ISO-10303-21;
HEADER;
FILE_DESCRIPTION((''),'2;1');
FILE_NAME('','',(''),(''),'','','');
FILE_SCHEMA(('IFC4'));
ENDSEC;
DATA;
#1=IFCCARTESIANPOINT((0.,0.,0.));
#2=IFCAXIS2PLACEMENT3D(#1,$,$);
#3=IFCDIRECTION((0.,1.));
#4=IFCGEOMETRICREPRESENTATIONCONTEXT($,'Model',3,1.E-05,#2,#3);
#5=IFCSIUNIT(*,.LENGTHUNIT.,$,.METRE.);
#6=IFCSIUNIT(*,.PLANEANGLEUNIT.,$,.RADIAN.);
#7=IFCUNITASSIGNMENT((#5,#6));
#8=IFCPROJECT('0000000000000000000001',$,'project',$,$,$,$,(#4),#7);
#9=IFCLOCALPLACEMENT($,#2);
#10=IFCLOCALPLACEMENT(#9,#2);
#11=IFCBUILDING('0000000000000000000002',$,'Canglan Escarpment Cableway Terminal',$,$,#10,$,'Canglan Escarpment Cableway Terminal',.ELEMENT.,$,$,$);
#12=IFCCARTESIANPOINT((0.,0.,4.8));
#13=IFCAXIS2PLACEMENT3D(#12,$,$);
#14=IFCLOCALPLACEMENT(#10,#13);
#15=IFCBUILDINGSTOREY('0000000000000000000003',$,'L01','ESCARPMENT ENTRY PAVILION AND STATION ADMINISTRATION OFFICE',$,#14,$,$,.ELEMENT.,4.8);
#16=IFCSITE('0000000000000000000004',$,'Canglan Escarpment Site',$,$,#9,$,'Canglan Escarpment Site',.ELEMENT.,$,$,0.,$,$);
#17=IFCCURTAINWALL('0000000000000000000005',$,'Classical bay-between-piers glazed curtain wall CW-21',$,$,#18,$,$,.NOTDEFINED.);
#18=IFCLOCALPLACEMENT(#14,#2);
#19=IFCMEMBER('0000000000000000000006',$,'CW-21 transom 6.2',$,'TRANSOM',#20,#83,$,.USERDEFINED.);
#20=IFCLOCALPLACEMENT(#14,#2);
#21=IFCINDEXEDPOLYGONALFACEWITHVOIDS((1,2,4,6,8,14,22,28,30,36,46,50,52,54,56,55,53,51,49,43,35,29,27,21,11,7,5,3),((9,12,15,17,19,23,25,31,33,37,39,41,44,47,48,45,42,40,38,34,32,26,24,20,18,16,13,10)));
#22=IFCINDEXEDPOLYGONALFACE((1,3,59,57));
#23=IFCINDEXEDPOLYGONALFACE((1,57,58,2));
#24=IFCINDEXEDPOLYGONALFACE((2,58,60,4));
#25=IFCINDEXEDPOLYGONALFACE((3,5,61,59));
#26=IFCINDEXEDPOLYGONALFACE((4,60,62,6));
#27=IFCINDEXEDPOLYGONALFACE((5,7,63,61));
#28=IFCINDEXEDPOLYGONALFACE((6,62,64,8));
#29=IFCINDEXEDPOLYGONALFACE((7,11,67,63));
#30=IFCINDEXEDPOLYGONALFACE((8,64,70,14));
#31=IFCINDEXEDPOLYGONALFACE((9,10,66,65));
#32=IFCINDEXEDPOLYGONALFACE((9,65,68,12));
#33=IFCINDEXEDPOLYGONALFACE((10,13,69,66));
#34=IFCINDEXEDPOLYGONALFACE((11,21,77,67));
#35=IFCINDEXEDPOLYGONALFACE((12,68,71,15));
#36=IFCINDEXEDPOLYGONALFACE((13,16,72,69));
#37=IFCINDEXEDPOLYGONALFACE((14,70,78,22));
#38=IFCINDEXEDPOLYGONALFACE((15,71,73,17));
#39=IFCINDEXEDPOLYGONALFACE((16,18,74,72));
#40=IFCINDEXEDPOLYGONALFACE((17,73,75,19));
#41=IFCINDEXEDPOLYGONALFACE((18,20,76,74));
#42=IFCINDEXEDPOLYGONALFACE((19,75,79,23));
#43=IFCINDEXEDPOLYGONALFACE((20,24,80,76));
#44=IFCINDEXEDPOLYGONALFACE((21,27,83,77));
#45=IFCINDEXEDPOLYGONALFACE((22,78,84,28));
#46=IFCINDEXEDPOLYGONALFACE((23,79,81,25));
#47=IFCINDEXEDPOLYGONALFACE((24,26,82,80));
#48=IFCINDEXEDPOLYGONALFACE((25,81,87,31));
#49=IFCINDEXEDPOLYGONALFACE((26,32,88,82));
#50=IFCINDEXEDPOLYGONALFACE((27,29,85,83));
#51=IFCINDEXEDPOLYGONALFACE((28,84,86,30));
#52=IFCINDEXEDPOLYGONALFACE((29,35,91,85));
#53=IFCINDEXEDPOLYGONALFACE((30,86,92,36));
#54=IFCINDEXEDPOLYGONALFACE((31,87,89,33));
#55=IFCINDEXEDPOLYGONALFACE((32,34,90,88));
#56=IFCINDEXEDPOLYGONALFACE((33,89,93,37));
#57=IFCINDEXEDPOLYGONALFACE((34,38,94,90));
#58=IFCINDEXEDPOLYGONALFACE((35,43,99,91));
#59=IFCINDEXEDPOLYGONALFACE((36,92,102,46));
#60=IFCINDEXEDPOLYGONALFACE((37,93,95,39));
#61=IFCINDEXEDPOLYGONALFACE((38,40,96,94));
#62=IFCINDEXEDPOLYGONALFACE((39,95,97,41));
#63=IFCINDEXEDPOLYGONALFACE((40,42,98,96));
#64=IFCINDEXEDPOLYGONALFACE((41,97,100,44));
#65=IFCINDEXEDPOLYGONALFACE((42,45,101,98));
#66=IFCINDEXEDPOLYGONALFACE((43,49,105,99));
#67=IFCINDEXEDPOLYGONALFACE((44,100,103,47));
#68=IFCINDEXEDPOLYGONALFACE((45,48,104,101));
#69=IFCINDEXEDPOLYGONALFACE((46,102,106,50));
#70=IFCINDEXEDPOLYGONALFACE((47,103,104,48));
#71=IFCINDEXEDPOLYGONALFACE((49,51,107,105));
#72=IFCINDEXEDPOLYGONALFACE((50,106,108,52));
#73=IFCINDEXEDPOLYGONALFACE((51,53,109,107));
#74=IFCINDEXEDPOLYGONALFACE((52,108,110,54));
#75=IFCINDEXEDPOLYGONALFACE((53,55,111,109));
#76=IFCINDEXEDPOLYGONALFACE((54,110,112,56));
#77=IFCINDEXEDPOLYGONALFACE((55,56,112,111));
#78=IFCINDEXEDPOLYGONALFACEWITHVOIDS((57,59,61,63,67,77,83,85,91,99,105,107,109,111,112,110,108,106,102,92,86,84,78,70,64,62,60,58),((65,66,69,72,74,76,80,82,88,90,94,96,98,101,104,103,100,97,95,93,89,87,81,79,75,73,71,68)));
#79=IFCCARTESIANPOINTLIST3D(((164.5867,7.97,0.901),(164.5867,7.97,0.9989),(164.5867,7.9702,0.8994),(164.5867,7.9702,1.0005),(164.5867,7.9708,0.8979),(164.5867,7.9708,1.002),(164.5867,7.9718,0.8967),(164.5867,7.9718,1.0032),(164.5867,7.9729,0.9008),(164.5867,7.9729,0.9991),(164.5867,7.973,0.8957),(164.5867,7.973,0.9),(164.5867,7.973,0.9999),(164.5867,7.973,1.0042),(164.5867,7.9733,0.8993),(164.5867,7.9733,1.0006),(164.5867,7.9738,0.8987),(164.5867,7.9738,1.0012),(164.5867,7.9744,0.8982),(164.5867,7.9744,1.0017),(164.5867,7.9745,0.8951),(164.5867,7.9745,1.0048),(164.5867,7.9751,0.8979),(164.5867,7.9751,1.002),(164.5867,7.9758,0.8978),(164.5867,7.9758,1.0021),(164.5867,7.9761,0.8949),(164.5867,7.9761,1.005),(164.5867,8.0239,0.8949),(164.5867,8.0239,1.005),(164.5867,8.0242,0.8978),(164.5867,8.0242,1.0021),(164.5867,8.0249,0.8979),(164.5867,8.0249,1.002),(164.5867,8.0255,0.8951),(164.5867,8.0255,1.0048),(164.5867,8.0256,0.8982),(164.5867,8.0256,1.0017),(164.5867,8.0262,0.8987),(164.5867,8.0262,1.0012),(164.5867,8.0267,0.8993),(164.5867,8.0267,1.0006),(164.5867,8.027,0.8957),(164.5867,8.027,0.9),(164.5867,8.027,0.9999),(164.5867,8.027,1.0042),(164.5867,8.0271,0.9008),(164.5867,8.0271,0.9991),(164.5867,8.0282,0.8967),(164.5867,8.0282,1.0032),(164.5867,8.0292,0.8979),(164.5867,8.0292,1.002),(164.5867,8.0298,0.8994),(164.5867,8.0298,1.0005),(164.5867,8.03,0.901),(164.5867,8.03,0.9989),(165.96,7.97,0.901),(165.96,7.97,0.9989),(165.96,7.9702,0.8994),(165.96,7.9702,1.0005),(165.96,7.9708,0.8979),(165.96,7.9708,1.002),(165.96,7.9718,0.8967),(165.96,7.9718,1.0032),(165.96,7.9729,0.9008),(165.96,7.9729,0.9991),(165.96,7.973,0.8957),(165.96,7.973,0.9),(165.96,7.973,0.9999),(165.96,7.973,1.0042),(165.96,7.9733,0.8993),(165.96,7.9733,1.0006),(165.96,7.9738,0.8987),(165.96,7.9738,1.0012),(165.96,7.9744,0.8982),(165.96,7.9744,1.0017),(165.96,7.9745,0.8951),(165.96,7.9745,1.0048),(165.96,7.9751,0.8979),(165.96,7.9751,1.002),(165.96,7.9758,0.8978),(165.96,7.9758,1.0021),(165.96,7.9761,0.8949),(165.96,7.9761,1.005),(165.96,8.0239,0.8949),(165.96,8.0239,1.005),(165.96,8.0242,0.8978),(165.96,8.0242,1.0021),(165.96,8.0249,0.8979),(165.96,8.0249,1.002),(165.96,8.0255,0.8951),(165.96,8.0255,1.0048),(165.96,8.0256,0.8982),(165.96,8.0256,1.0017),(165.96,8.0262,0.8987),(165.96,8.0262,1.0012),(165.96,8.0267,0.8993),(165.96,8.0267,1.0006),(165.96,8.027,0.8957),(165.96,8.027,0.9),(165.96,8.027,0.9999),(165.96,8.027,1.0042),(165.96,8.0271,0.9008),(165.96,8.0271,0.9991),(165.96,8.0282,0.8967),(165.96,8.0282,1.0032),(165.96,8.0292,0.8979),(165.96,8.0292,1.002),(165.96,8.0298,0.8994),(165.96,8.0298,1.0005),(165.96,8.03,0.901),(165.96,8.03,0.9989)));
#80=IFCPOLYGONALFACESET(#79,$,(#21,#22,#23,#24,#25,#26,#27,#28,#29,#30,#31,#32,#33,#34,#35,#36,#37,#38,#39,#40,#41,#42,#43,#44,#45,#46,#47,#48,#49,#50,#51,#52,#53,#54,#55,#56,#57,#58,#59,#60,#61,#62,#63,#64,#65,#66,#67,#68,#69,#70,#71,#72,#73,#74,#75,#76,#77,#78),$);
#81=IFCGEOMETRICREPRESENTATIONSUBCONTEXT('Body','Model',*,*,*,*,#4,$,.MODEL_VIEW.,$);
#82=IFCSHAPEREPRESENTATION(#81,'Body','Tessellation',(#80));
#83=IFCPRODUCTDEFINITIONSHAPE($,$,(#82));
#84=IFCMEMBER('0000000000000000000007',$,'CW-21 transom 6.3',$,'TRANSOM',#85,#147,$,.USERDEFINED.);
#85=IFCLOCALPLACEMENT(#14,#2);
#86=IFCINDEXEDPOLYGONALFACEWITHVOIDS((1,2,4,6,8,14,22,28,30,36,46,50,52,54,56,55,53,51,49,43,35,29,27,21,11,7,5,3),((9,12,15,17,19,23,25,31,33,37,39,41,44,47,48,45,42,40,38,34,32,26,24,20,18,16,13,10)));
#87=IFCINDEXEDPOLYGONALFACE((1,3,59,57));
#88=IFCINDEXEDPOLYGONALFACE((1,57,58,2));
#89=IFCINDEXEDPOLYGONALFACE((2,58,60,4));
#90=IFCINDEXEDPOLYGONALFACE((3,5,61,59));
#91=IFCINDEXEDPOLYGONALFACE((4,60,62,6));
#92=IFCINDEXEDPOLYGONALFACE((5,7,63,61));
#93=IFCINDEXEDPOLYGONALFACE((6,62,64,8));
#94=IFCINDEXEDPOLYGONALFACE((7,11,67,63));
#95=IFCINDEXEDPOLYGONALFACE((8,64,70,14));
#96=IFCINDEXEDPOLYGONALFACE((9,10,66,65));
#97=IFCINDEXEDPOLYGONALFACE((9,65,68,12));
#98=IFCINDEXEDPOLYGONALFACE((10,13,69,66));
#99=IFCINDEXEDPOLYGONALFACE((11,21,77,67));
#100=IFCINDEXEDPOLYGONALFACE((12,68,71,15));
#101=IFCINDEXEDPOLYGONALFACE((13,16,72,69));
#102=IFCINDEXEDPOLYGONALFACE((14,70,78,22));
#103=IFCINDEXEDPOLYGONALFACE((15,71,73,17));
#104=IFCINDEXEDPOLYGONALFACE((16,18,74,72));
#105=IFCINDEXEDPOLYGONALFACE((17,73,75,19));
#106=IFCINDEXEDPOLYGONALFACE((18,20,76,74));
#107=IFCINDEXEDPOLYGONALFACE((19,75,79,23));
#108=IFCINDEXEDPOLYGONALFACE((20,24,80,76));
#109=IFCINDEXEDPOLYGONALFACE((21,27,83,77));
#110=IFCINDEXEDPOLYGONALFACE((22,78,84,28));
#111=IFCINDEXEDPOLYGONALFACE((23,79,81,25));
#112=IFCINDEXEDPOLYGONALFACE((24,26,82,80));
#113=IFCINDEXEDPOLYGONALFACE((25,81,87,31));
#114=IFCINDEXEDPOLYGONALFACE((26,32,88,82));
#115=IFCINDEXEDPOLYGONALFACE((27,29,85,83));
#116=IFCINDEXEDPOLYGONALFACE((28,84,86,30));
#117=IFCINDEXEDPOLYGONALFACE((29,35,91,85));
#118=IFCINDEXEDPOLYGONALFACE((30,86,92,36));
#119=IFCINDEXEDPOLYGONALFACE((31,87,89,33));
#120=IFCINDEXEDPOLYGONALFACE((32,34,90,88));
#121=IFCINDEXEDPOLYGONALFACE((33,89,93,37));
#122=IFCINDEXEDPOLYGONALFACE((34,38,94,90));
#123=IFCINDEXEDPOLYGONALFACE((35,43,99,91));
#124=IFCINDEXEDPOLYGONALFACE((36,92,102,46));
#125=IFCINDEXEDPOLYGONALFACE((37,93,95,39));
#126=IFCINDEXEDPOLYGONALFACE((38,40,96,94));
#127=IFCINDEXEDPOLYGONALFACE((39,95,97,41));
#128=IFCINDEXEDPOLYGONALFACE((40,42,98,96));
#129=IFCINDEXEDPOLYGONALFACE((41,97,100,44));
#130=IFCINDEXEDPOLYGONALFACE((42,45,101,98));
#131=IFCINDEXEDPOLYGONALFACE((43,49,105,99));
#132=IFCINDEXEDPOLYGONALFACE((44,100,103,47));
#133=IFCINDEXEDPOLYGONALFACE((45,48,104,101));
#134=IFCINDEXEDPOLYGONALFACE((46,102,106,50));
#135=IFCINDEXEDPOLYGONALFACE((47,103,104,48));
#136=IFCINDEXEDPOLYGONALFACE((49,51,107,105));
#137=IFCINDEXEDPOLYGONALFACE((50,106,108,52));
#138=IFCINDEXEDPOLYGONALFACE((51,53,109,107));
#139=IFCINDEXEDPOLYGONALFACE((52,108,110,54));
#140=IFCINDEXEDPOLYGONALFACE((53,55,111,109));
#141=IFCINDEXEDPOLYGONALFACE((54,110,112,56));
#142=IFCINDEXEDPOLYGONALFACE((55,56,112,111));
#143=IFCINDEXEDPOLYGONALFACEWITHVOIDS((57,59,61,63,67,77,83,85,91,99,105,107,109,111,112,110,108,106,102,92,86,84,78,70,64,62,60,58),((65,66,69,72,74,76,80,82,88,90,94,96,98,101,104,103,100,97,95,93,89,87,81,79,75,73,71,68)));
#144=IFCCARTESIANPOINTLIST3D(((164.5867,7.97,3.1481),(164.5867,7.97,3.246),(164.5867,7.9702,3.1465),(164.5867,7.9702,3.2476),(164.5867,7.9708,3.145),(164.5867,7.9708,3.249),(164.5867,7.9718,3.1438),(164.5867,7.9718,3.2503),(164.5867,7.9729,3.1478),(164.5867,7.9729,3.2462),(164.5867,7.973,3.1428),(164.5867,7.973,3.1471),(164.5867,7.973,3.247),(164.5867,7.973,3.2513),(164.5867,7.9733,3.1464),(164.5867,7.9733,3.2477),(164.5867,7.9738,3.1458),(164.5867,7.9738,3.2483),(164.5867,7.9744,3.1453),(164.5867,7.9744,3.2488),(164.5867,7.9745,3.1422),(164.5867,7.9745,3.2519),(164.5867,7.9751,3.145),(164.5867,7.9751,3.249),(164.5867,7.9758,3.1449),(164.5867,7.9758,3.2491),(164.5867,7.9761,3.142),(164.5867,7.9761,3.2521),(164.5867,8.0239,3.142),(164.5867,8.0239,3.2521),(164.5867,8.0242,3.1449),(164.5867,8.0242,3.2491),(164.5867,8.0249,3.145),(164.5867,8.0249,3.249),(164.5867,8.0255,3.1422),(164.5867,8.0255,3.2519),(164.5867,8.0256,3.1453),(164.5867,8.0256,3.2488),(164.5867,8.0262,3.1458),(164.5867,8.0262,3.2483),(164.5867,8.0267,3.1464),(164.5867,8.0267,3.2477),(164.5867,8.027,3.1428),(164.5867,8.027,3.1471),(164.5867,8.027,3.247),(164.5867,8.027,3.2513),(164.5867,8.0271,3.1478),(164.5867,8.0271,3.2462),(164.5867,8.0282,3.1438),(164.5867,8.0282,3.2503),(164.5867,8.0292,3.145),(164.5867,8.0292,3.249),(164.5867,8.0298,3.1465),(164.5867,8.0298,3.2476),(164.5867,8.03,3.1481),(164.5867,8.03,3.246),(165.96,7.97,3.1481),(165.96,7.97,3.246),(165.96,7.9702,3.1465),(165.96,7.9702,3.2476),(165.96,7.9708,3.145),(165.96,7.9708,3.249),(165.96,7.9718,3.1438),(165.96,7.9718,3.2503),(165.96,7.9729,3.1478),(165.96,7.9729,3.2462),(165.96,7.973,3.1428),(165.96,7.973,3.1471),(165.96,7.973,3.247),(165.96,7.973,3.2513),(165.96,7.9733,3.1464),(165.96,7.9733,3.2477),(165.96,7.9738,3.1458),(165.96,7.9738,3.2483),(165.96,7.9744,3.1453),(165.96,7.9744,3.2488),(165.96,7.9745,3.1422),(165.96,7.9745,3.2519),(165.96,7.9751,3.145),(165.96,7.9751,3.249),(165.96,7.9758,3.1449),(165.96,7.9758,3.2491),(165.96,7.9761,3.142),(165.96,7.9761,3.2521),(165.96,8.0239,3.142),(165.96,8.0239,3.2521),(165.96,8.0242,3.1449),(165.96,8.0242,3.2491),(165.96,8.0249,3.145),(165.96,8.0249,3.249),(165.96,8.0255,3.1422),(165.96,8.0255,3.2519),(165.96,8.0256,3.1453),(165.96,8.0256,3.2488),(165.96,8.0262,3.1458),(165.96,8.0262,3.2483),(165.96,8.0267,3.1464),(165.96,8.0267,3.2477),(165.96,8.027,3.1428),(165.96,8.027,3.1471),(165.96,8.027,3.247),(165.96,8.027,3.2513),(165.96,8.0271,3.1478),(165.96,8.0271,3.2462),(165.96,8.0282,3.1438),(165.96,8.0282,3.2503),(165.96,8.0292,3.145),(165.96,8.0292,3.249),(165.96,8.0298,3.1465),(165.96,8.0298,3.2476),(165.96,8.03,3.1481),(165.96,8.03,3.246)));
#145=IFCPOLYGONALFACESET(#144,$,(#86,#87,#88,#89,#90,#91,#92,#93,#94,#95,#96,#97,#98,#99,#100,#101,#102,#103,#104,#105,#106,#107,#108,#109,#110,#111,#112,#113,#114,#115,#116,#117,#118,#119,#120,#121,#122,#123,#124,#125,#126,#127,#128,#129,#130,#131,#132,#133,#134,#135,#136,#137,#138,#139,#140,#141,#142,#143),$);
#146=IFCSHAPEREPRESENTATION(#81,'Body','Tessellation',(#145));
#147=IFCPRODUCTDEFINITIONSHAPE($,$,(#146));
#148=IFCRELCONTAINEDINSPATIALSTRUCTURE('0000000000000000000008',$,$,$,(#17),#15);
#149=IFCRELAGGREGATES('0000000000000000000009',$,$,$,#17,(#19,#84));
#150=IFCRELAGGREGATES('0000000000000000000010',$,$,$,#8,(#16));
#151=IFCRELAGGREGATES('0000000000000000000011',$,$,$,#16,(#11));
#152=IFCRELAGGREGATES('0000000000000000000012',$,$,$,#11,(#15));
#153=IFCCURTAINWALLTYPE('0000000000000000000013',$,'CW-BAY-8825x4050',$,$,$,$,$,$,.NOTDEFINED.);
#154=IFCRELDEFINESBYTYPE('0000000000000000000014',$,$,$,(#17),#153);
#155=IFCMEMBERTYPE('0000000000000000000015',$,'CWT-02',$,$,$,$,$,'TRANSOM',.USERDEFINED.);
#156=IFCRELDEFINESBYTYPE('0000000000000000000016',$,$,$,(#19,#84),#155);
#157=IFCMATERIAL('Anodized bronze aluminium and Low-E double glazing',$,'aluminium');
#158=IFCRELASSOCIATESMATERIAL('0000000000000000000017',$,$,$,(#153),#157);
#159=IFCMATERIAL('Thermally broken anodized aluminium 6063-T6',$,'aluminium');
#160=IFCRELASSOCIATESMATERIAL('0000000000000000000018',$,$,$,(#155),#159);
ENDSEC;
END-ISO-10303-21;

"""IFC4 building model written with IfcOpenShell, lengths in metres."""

from ifc_helpers import new_model, si_unit, direction, frame, origin, origin_2d, place, context, subcontext, project, spatial, hollow_rectangle, extrude, material, material_profile, profile_set, type_object, element, aggregate, save


model = new_model("IFC4")

# Units and contexts
model_context = context("Model", 3, precision=1e-05, world=origin(), true_north=direction((0.0, 1.0)))
body_context = subcontext(model_context, "Body", "Model", "MODEL_VIEW")
ifc_project = project(units=[si_unit("LENGTHUNIT", "METRE"), si_unit("PLANEANGLEUNIT", "RADIAN")], contexts=[model_context])

# Site, building, storey
site_placement = place(None, origin())
site = spatial("IfcSite", under=ifc_project, at=site_placement, Name="Canglan Escarpment Site", LongName="Canglan Escarpment Site", CompositionType="ELEMENT", RefElevation=0.0)
building_placement = place(site_placement, origin())
building = spatial("IfcBuilding", under=site, at=building_placement, Name="Canglan Escarpment Cableway Terminal", LongName="Canglan Escarpment Cableway Terminal", CompositionType="ELEMENT")
storey_placement = place(building_placement, frame((0.0, 0.0, 4.8)))
storey = spatial("IfcBuildingStorey", under=building, at=storey_placement, Name="L01", Description="ESCARPMENT ENTRY PAVILION AND STATION ADMINISTRATION OFFICE", CompositionType="ELEMENT", Elevation=4.8)

# Curtain wall, members
ifc_material_1 = material(Name="Anodized bronze aluminium and Low-E double glazing", Category="aluminium")
curtain_wall_type_1 = type_object("IfcCurtainWallType", Name="CW-BAY-8825x4050", PredefinedType="NOTDEFINED", material=ifc_material_1)
curtain_wall_1_placement = place(storey_placement, origin())
curtain_wall_1 = element("IfcCurtainWall", 1, at=curtain_wall_1_placement, inside=storey, type_object=curtain_wall_type_1, Name="Classical bay-between-piers glazed curtain wall CW-21", PredefinedType="NOTDEFINED")
ifc_material_2 = material(Name="Thermally broken anodized aluminium 6063-T6", Category="aluminium")
ifc_material_profile_1 = material_profile(ifc_material_2, hollow_rectangle(XDim=0.0601, YDim=0.1101, WallThickness=0.0029, InnerFilletRadius=0.0029, OuterFilletRadius=0.0061, at=origin_2d()), Name="ALU-TRAN 60x110x3")
ifc_profile_set_1 = profile_set([ifc_material_profile_1], Name="Thermally broken anodized aluminium 6063-T6")
member_type_1 = type_object("IfcMemberType", Name="CWT-02", ElementType="TRANSOM", PredefinedType="USERDEFINED", material=ifc_profile_set_1)
member_1_placement = place(storey_placement, frame((164.5867, 8.0, 0.95), z_axis=(1.0, 0.0, 0.0), x_axis=(0.0, 1.0, 0.0)))
member_1 = element("IfcMember", 2, at=member_1_placement, type_object=member_type_1, Name="CW-21 transom 6.2", ObjectType="TRANSOM", PredefinedType="USERDEFINED", context=body_context, shape_type="SweptSolid", body=[
    extrude(hollow_rectangle(XDim=0.0601, YDim=0.1101, WallThickness=0.0029, InnerFilletRadius=0.0029, OuterFilletRadius=0.0061, at=origin_2d()), origin(), (0.0, 0.0, 1.0), 1.3733),
])
member_2_placement = place(storey_placement, frame((164.5867, 8.0, 3.197), z_axis=(1.0, 0.0, 0.0), x_axis=(0.0, 1.0, 0.0)))
member_2 = element("IfcMember", 3, at=member_2_placement, type_object=member_type_1, Name="CW-21 transom 6.3", ObjectType="TRANSOM", PredefinedType="USERDEFINED", context=body_context, shape_type="SweptSolid", body=[
    extrude(hollow_rectangle(XDim=0.0601, YDim=0.1101, WallThickness=0.0029, InnerFilletRadius=0.0029, OuterFilletRadius=0.0061, at=origin_2d()), origin(), (0.0, 0.0, 1.0), 1.3733),
])

aggregate(curtain_wall_1, [member_1, member_2])

save(model, "model.ifc")
